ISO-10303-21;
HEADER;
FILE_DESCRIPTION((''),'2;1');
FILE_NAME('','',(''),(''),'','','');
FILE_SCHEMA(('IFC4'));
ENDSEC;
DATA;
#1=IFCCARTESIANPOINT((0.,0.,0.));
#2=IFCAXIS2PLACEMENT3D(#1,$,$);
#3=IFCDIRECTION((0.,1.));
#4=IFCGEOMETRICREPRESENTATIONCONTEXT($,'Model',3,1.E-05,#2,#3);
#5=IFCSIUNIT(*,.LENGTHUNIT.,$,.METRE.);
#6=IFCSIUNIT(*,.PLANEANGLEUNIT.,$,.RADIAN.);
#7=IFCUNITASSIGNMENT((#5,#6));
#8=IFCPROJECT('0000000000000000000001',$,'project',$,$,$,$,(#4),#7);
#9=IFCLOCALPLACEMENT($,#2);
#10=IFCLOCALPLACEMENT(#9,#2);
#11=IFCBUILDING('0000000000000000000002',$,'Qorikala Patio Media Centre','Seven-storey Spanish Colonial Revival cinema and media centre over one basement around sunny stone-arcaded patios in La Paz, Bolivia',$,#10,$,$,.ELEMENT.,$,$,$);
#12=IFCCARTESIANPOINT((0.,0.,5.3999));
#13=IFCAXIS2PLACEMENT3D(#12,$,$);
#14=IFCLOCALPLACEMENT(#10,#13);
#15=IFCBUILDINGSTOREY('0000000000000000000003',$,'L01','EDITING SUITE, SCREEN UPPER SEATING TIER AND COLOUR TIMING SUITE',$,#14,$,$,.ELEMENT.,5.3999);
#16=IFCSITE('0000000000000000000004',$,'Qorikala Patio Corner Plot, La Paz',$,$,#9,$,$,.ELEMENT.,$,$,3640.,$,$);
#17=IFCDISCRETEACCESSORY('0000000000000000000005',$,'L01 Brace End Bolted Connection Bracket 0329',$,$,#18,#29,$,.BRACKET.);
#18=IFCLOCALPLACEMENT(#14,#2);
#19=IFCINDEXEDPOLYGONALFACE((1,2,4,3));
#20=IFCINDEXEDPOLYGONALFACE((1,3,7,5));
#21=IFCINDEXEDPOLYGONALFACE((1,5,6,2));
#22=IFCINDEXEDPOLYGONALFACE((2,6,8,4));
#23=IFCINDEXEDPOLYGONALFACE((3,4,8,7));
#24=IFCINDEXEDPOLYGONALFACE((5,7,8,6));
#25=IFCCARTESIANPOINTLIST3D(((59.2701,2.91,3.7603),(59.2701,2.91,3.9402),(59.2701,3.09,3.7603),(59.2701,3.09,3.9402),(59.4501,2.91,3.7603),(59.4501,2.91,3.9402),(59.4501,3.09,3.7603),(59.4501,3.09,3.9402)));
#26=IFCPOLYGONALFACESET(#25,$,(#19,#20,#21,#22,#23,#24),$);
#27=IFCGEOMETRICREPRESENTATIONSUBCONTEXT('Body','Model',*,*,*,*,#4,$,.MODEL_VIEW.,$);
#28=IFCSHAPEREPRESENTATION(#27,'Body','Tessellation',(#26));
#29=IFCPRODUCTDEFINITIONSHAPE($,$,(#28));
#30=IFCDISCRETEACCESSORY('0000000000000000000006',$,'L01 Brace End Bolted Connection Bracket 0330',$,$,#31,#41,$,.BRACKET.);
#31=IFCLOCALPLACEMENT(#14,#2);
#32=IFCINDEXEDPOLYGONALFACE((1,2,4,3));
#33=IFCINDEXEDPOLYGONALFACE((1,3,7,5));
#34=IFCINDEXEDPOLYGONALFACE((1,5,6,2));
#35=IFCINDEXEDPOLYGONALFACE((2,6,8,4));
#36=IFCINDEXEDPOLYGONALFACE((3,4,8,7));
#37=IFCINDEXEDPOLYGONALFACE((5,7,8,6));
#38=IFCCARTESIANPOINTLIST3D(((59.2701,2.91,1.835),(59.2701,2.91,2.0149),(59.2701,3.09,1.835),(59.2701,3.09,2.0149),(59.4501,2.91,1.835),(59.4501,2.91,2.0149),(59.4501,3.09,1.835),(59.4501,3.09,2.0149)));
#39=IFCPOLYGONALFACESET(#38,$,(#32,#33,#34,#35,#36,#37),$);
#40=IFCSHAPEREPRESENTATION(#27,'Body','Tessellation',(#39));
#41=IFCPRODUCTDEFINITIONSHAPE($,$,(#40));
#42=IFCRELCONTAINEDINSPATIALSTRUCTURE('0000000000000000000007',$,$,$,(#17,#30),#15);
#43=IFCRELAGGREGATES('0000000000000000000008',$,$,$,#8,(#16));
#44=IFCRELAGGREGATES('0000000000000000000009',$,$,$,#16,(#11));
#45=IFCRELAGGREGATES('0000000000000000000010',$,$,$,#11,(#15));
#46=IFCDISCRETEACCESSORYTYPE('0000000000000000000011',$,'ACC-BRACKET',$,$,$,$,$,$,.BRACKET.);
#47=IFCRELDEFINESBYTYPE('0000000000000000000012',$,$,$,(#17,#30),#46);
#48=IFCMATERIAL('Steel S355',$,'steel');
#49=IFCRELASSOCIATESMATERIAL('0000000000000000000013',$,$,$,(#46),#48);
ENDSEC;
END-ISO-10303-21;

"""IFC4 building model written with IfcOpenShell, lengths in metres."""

from ifc_helpers import new_model, si_unit, direction, frame, origin, origin_2d, place, context, subcontext, project, spatial, rectangle, extrude, material, type_object, element, save


model = new_model("IFC4")

# Units and contexts
model_context = context("Model", 3, precision=1e-05, world=origin(), true_north=direction((0.0, 1.0)))
body_context = subcontext(model_context, "Body", "Model", "MODEL_VIEW")
ifc_project = project(units=[si_unit("LENGTHUNIT", "METRE"), si_unit("PLANEANGLEUNIT", "RADIAN")], contexts=[model_context])

# Site, building, storey
site_placement = place(None, origin())
site = spatial("IfcSite", under=ifc_project, at=site_placement, Name="Qorikala Patio Corner Plot, La Paz", CompositionType="ELEMENT", RefElevation=3640.0)
building_placement = place(site_placement, origin())
building = spatial("IfcBuilding", under=site, at=building_placement, Name="Qorikala Patio Media Centre", Description="Seven-storey Spanish Colonial Revival cinema and media centre over one basement around sunny stone-arcaded patios in La Paz, Bolivia", CompositionType="ELEMENT")
storey_placement = place(building_placement, frame((0.0, 0.0, 5.3999)))
storey = spatial("IfcBuildingStorey", under=building, at=storey_placement, Name="L01", Description="EDITING SUITE, SCREEN UPPER SEATING TIER AND COLOUR TIMING SUITE", CompositionType="ELEMENT", Elevation=5.3999)

# Discrete accessories
ifc_material_1 = material(Name="Steel S355", Category="steel")
discrete_accessory_type = type_object("IfcDiscreteAccessoryType", Name="ACC-BRACKET", PredefinedType="BRACKET", material=ifc_material_1)
for number, where, z_axis, x_axis, name in (
    (1, (59.3601, 3.0, 3.7603), (0.0, 0.0, 1.0), (1.0, 0.0, 0.0), "L01 Brace End Bolted Connection Bracket 0329"),
    (2, (59.3601, 3.0, 1.835), (0.0, 0.0, 1.0), (1.0, 0.0, 0.0), "L01 Brace End Bolted Connection Bracket 0330"),
):
    element("IfcDiscreteAccessory", number, at=place(storey_placement, frame(where, z_axis=z_axis, x_axis=x_axis)), inside=storey, type_object=discrete_accessory_type, Name=name, PredefinedType="BRACKET", context=body_context, shape_type="SweptSolid", body=[
        extrude(rectangle(XDim=0.1799, YDim=0.1799, at=origin_2d()), origin(), (0.0, 0.0, 1.0), 0.1799),
    ])

save(model, "model.ifc")
